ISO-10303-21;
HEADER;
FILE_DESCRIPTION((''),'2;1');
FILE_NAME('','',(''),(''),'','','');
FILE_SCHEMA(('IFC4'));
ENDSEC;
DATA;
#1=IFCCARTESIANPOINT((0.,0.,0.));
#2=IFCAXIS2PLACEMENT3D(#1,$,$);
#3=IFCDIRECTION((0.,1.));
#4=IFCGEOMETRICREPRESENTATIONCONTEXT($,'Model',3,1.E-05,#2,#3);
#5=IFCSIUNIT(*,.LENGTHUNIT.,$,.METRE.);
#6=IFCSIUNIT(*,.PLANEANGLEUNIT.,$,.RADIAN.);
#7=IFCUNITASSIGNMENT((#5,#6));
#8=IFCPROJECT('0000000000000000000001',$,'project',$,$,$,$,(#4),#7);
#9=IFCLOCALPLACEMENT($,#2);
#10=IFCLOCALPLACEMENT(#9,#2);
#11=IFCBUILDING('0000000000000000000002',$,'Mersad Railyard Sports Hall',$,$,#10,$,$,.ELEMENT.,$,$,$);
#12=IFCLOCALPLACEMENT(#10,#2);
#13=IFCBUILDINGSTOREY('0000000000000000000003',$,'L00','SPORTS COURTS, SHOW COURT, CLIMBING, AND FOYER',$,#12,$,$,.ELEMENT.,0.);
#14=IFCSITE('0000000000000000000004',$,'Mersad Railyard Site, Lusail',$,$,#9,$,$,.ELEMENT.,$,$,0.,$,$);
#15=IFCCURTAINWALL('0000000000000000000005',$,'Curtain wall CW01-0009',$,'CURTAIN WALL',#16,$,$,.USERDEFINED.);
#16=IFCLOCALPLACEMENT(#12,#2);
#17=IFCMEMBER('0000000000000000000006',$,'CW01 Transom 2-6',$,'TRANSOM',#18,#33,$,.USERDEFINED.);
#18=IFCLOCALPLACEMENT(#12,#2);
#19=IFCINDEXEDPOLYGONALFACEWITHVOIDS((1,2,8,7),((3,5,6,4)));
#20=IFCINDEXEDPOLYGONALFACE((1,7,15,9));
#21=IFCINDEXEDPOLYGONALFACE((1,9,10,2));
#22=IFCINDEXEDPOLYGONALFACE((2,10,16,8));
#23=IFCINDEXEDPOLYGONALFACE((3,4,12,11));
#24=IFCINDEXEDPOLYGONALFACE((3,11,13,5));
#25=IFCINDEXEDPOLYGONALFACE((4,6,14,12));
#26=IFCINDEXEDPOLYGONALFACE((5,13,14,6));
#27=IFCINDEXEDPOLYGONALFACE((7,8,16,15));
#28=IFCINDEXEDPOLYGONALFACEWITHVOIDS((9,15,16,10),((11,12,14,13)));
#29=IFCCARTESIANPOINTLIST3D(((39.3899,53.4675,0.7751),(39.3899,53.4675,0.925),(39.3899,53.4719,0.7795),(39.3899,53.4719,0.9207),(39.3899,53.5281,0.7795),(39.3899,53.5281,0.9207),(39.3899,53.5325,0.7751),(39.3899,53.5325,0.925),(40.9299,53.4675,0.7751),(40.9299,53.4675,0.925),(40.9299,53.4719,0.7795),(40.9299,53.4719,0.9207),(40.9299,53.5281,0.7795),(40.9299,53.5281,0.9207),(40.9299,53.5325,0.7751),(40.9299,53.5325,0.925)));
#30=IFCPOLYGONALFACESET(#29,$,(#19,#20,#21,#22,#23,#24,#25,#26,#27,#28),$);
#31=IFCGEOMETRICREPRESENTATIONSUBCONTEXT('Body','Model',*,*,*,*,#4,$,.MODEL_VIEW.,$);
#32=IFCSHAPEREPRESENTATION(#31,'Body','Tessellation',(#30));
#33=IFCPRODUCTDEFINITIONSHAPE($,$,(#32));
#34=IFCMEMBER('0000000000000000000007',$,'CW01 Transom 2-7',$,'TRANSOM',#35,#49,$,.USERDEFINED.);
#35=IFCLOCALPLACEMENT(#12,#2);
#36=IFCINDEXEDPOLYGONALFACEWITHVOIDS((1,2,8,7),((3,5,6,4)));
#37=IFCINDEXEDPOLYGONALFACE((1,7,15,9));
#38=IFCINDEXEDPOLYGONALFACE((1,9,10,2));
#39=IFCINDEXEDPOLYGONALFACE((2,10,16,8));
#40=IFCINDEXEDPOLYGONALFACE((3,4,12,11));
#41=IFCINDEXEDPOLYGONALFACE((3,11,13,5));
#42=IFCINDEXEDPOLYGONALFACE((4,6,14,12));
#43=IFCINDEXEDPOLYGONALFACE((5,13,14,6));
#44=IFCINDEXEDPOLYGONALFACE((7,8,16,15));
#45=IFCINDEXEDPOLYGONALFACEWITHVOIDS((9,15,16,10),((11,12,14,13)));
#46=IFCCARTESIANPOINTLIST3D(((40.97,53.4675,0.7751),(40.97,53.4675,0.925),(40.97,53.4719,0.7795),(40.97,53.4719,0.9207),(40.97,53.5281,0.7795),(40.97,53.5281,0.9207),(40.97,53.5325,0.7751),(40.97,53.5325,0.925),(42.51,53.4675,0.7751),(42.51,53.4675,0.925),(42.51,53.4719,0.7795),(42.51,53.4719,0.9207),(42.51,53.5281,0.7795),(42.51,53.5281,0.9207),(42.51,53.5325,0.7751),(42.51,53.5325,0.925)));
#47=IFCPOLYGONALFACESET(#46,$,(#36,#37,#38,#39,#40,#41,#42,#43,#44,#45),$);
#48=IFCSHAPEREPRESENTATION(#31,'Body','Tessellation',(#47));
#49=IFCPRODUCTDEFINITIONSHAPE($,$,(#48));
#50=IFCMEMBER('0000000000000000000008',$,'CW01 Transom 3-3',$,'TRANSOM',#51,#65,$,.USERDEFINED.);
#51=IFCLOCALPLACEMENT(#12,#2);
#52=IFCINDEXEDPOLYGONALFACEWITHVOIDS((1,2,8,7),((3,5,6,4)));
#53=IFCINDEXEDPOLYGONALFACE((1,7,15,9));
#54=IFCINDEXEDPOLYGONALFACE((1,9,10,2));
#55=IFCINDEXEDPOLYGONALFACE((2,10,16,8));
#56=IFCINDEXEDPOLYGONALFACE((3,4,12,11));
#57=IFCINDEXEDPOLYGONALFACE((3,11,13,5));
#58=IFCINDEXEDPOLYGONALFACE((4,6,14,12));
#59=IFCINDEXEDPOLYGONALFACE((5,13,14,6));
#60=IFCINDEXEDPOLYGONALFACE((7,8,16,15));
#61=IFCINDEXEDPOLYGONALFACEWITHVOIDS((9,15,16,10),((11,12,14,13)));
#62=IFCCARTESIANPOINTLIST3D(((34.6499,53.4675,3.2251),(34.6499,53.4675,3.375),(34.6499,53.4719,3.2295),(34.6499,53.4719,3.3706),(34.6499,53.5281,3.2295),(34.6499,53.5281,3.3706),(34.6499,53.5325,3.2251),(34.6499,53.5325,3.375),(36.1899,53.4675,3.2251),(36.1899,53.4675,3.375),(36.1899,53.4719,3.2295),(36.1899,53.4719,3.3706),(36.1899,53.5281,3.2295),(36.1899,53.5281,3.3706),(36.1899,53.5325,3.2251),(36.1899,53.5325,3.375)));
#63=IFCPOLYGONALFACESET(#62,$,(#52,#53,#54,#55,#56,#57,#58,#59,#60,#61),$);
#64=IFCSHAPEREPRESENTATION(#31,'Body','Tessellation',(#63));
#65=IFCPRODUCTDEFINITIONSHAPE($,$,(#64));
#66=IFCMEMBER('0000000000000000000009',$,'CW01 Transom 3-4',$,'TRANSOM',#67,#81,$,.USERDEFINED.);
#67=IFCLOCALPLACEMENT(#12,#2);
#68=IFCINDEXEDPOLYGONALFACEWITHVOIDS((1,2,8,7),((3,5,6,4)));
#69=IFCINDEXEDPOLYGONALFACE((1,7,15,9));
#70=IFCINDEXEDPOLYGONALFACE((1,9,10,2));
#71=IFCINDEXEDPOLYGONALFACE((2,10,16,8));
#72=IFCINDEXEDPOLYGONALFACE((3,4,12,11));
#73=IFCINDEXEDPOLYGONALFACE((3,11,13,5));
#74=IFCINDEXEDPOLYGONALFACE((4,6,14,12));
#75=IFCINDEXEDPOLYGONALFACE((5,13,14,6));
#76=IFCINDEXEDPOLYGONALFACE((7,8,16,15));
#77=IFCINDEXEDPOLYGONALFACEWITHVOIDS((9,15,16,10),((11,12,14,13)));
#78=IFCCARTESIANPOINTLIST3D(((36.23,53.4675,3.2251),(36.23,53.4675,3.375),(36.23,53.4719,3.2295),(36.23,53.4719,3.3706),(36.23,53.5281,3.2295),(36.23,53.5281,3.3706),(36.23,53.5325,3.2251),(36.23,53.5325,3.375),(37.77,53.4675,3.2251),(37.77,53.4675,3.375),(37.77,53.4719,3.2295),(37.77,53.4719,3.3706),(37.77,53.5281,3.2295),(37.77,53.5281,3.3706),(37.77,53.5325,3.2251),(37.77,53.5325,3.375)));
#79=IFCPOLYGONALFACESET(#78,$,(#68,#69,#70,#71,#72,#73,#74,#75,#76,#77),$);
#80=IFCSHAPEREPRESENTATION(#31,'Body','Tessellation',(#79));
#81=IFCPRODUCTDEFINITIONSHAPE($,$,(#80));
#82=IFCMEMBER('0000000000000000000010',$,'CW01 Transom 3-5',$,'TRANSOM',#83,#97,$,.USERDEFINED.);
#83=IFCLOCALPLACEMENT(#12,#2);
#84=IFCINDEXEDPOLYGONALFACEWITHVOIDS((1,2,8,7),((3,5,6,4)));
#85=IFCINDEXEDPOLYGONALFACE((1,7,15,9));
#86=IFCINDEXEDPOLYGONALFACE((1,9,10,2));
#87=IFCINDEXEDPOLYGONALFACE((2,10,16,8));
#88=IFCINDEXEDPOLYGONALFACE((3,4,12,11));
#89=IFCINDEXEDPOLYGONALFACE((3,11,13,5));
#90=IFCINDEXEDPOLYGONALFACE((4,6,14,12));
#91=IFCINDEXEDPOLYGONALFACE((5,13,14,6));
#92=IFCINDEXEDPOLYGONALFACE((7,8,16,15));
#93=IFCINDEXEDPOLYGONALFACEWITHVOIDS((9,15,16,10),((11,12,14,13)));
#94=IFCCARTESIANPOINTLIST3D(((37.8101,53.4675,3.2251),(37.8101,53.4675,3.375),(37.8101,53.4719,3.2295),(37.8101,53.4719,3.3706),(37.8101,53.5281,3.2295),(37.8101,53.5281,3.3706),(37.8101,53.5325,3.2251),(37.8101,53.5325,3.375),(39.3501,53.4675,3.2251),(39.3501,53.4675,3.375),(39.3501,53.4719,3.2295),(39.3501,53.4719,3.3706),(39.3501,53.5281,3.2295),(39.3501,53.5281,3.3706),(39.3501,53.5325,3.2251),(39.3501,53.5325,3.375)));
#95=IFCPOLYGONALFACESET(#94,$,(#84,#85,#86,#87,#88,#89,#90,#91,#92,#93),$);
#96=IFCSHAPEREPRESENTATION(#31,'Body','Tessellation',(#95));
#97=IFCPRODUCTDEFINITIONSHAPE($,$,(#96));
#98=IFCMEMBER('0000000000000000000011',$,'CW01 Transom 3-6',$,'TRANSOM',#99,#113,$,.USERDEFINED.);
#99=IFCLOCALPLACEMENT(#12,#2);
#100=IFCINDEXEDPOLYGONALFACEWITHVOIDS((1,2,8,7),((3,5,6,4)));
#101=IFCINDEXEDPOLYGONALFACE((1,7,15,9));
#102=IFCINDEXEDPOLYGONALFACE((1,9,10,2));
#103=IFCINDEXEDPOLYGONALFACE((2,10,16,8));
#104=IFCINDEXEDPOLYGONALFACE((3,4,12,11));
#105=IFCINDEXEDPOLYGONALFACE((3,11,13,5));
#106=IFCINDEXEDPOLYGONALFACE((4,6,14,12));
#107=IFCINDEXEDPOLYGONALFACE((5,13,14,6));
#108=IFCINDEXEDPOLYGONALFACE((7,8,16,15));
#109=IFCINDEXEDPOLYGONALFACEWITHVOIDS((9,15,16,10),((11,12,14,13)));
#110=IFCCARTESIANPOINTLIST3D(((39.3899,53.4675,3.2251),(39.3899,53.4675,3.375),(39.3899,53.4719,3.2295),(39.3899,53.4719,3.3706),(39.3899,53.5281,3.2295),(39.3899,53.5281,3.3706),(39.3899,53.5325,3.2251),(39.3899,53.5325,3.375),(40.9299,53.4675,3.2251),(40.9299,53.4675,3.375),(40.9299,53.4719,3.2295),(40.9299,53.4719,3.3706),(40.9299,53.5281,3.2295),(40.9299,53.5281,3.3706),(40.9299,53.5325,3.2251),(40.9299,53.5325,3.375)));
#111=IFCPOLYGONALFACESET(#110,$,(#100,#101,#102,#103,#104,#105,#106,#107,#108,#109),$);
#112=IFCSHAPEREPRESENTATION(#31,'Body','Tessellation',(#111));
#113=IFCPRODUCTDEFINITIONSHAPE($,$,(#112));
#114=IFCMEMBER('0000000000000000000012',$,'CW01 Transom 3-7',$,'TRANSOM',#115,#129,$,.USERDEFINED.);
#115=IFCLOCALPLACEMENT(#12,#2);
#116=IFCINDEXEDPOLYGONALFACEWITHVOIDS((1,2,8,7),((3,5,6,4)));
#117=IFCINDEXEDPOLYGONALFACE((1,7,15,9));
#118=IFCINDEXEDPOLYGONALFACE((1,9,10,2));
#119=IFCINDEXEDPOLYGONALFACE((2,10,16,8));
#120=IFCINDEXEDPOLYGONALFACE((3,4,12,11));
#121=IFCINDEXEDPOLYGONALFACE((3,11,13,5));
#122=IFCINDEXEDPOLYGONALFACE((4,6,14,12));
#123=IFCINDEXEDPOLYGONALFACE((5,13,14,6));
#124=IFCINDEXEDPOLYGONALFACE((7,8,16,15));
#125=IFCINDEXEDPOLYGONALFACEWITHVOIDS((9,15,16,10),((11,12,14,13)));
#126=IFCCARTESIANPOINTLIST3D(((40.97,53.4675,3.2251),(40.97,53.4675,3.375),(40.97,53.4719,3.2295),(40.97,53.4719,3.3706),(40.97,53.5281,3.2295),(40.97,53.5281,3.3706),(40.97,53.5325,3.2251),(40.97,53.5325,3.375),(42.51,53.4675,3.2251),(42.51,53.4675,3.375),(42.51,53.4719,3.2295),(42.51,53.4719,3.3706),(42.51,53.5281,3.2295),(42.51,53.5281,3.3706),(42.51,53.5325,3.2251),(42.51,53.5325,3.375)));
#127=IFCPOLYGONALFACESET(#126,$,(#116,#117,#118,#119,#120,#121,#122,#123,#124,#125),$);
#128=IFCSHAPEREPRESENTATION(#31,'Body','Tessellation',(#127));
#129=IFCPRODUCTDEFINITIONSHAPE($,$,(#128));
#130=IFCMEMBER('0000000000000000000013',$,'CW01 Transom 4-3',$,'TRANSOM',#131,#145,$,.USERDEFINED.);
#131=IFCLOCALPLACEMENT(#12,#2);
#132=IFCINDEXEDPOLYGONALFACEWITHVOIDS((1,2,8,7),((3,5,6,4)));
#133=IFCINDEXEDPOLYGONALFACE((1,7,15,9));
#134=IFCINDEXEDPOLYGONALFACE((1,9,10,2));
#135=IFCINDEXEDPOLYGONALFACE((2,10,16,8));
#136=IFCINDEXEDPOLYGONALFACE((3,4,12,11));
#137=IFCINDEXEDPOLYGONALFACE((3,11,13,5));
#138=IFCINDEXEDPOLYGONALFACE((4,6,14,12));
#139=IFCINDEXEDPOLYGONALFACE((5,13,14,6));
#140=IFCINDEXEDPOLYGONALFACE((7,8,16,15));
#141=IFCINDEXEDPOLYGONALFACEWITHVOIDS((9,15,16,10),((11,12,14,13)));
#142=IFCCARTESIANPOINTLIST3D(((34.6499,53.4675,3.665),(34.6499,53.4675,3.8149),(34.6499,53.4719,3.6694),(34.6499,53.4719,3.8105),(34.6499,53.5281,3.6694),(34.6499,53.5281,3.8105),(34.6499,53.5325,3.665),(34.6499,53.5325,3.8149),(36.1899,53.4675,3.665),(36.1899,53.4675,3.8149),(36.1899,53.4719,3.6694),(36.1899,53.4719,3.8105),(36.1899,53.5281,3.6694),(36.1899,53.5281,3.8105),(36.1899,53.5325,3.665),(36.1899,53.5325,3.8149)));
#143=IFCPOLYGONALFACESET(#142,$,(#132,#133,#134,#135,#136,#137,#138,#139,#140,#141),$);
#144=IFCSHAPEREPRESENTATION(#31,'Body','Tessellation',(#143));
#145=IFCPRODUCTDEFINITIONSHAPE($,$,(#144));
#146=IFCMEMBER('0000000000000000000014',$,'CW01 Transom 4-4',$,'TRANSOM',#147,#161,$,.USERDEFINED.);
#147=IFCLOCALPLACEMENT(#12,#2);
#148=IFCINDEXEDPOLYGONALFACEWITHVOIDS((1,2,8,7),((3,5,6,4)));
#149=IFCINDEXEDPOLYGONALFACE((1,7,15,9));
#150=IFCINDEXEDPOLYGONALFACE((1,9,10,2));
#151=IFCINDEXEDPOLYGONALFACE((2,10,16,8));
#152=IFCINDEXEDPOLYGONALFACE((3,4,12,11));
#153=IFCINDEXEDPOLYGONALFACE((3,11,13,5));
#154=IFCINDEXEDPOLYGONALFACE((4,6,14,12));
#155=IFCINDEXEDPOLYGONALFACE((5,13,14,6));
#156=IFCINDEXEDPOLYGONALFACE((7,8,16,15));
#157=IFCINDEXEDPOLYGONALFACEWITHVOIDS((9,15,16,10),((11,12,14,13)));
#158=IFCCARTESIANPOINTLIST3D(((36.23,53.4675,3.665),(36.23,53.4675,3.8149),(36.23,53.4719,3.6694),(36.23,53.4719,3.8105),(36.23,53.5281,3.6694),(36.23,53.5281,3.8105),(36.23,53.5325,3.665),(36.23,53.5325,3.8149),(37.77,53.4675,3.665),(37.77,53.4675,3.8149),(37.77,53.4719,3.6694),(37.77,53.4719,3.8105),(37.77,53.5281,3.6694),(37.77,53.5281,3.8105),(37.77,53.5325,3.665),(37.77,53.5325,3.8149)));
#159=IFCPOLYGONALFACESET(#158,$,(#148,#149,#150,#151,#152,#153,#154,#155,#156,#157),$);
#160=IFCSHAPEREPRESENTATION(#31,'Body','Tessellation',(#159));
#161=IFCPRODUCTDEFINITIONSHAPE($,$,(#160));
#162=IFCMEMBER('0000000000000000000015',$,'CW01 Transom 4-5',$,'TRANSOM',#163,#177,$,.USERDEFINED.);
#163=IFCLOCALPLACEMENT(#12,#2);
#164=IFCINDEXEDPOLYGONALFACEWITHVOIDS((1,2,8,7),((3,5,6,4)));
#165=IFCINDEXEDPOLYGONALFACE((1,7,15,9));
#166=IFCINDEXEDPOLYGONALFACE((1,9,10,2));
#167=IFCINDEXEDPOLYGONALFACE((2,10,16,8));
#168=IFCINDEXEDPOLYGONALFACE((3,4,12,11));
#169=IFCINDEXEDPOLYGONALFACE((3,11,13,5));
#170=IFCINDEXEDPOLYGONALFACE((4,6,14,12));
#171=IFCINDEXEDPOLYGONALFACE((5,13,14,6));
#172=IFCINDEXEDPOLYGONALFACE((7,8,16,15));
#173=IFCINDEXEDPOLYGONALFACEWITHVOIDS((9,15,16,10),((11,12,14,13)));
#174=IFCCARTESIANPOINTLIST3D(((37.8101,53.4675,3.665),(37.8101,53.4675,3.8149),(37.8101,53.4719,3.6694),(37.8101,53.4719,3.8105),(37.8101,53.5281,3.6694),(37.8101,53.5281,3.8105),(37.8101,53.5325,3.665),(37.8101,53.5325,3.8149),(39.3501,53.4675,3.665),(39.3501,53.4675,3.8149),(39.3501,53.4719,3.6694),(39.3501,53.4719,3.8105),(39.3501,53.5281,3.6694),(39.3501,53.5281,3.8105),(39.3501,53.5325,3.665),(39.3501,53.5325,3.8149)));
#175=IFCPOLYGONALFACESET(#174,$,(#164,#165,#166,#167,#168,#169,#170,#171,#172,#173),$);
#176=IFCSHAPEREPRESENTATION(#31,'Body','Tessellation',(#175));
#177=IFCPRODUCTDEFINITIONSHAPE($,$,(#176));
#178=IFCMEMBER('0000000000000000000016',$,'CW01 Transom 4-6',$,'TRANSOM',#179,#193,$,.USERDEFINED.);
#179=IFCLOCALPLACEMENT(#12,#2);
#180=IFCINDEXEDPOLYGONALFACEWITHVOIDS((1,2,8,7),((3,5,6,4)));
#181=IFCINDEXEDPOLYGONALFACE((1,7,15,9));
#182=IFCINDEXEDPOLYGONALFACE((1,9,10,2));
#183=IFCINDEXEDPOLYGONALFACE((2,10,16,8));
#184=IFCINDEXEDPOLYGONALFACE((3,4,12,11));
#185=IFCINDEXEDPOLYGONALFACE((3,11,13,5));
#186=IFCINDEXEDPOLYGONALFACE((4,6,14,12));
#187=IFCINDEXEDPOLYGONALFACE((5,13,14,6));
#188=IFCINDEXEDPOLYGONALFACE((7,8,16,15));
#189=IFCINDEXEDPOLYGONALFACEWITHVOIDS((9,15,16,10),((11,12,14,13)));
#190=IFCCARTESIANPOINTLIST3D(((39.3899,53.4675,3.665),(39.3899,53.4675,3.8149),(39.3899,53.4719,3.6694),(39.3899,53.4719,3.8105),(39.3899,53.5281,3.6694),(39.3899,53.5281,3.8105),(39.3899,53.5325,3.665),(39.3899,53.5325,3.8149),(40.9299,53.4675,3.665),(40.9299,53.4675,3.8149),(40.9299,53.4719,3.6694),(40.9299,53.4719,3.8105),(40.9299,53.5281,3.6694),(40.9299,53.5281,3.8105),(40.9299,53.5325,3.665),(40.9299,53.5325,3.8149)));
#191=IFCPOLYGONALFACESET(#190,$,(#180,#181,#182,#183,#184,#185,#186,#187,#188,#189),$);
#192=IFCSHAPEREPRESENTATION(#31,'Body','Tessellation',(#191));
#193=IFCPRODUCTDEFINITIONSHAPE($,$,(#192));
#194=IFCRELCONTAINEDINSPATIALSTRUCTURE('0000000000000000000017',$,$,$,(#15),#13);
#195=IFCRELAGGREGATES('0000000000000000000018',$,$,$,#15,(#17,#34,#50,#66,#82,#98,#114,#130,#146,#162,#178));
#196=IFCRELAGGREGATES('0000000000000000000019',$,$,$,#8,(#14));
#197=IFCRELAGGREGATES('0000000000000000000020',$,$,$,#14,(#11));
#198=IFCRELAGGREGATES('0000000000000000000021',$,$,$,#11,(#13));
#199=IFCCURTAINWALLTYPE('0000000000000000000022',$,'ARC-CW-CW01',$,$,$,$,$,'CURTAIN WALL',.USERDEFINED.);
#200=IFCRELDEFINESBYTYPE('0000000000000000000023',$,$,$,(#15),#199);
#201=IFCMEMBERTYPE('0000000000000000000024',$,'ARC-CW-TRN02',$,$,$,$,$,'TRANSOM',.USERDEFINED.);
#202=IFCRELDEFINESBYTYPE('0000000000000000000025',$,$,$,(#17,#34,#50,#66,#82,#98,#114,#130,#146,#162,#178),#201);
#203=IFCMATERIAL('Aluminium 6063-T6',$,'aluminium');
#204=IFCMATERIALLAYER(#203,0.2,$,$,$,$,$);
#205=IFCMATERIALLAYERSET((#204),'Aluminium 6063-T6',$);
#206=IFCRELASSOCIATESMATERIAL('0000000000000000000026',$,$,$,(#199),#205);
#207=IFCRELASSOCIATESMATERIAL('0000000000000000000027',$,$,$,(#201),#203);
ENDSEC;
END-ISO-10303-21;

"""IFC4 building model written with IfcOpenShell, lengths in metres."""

from ifc_helpers import new_model, si_unit, direction, frame, origin, origin_2d, place, context, subcontext, project, spatial, hollow_rectangle, extrude, material, layer, layer_set, material_profile, profile_set, type_object, element, aggregate, save


model = new_model("IFC4")

# Units and contexts
model_context = context("Model", 3, precision=1e-05, world=origin(), true_north=direction((0.0, 1.0)))
body_context = subcontext(model_context, "Body", "Model", "MODEL_VIEW")
ifc_project = project(units=[si_unit("LENGTHUNIT", "METRE"), si_unit("PLANEANGLEUNIT", "RADIAN")], contexts=[model_context])

# Site, building, storey
site_placement = place(None, origin())
site = spatial("IfcSite", under=ifc_project, at=site_placement, Name="Mersad Railyard Site, Lusail", CompositionType="ELEMENT", RefElevation=0.0)
building_placement = place(site_placement, origin())
building = spatial("IfcBuilding", under=site, at=building_placement, Name="Mersad Railyard Sports Hall", CompositionType="ELEMENT")
storey_placement = place(building_placement, origin())
storey = spatial("IfcBuildingStorey", under=building, at=storey_placement, Name="L00", Description="SPORTS COURTS, SHOW COURT, CLIMBING, AND FOYER", CompositionType="ELEMENT", Elevation=0.0)

# Curtain wall, members
ifc_material_1 = material(Name="Aluminium 6063-T6", Category="aluminium")
ifc_layer_1 = layer(ifc_material_1, 0.2)
ifc_layer_set_1 = layer_set([ifc_layer_1], Name="Aluminium 6063-T6")
curtain_wall_type = type_object("IfcCurtainWallType", Name="ARC-CW-CW01", ElementType="CURTAIN WALL", PredefinedType="USERDEFINED", material=ifc_layer_set_1)
curtain_wall_placement = place(storey_placement, origin())
curtain_wall = element("IfcCurtainWall", 1, at=curtain_wall_placement, inside=storey, type_object=curtain_wall_type, Name="Curtain wall CW01-0009", ObjectType="CURTAIN WALL", PredefinedType="USERDEFINED")
ifc_material_profile_1 = material_profile(ifc_material_1, hollow_rectangle(XDim=0.0649, YDim=0.1499, WallThickness=0.0044, at=origin_2d()), Name="AL TRANSOM 65x150x4.5")
ifc_profile_set_1 = profile_set([ifc_material_profile_1], Name="Aluminium 6063-T6")
member_type_1 = type_object("IfcMemberType", Name="ARC-CW-TRN02", ElementType="TRANSOM", PredefinedType="USERDEFINED", material=ifc_profile_set_1)
member_1_placement = place(storey_placement, frame((39.3899, 53.5, 0.8501), z_axis=(1.0, 0.0, 0.0), x_axis=(0.0, 1.0, 0.0)))
member_1 = element("IfcMember", 2, at=member_1_placement, type_object=member_type_1, Name="CW01 Transom 2-6", ObjectType="TRANSOM", PredefinedType="USERDEFINED", context=body_context, shape_type="SweptSolid", body=[
    extrude(hollow_rectangle(XDim=0.0649, YDim=0.1499, WallThickness=0.0044, at=origin_2d()), origin(), (0.0, 0.0, 1.0), 1.54),
])
member_2_placement = place(storey_placement, frame((40.97, 53.5, 0.8501), z_axis=(1.0, 0.0, 0.0), x_axis=(0.0, 1.0, 0.0)))
member_2 = element("IfcMember", 3, at=member_2_placement, type_object=member_type_1, Name="CW01 Transom 2-7", ObjectType="TRANSOM", PredefinedType="USERDEFINED", context=body_context, shape_type="SweptSolid", body=[
    extrude(hollow_rectangle(XDim=0.0649, YDim=0.1499, WallThickness=0.0044, at=origin_2d()), origin(), (0.0, 0.0, 1.0), 1.54),
])
member_3_placement = place(storey_placement, frame((34.6499, 53.5, 3.3), z_axis=(1.0, 0.0, 0.0), x_axis=(0.0, 1.0, 0.0)))
member_3 = element("IfcMember", 4, at=member_3_placement, type_object=member_type_1, Name="CW01 Transom 3-3", ObjectType="TRANSOM", PredefinedType="USERDEFINED", context=body_context, shape_type="SweptSolid", body=[
    extrude(hollow_rectangle(XDim=0.0649, YDim=0.1499, WallThickness=0.0044, at=origin_2d()), origin(), (0.0, 0.0, 1.0), 1.54),
])
member_4_placement = place(storey_placement, frame((36.23, 53.5, 3.3), z_axis=(1.0, 0.0, 0.0), x_axis=(0.0, 1.0, 0.0)))
member_4 = element("IfcMember", 5, at=member_4_placement, type_object=member_type_1, Name="CW01 Transom 3-4", ObjectType="TRANSOM", PredefinedType="USERDEFINED", context=body_context, shape_type="SweptSolid", body=[
    extrude(hollow_rectangle(XDim=0.0649, YDim=0.1499, WallThickness=0.0044, at=origin_2d()), origin(), (0.0, 0.0, 1.0), 1.54),
])
member_5_placement = place(storey_placement, frame((37.8101, 53.5, 3.3), z_axis=(1.0, 0.0, 0.0), x_axis=(0.0, 1.0, 0.0)))
member_5 = element("IfcMember", 6, at=member_5_placement, type_object=member_type_1, Name="CW01 Transom 3-5", ObjectType="TRANSOM", PredefinedType="USERDEFINED", context=body_context, shape_type="SweptSolid", body=[
    extrude(hollow_rectangle(XDim=0.0649, YDim=0.1499, WallThickness=0.0044, at=origin_2d()), origin(), (0.0, 0.0, 1.0), 1.54),
])
member_6_placement = place(storey_placement, frame((39.3899, 53.5, 3.3), z_axis=(1.0, 0.0, 0.0), x_axis=(0.0, 1.0, 0.0)))
member_6 = element("IfcMember", 7, at=member_6_placement, type_object=member_type_1, Name="CW01 Transom 3-6", ObjectType="TRANSOM", PredefinedType="USERDEFINED", context=body_context, shape_type="SweptSolid", body=[
    extrude(hollow_rectangle(XDim=0.0649, YDim=0.1499, WallThickness=0.0044, at=origin_2d()), origin(), (0.0, 0.0, 1.0), 1.54),
])
member_7_placement = place(storey_placement, frame((40.97, 53.5, 3.3), z_axis=(1.0, 0.0, 0.0), x_axis=(0.0, 1.0, 0.0)))
member_7 = element("IfcMember", 8, at=member_7_placement, type_object=member_type_1, Name="CW01 Transom 3-7", ObjectType="TRANSOM", PredefinedType="USERDEFINED", context=body_context, shape_type="SweptSolid", body=[
    extrude(hollow_rectangle(XDim=0.0649, YDim=0.1499, WallThickness=0.0044, at=origin_2d()), origin(), (0.0, 0.0, 1.0), 1.54),
])
member_8_placement = place(storey_placement, frame((34.6499, 53.5, 3.74), z_axis=(1.0, 0.0, 0.0), x_axis=(0.0, 1.0, 0.0)))
member_8 = element("IfcMember", 9, at=member_8_placement, type_object=member_type_1, Name="CW01 Transom 4-3", ObjectType="TRANSOM", PredefinedType="USERDEFINED", context=body_context, shape_type="SweptSolid", body=[
    extrude(hollow_rectangle(XDim=0.0649, YDim=0.1499, WallThickness=0.0044, at=origin_2d()), origin(), (0.0, 0.0, 1.0), 1.54),
])
member_9_placement = place(storey_placement, frame((36.23, 53.5, 3.74), z_axis=(1.0, 0.0, 0.0), x_axis=(0.0, 1.0, 0.0)))
member_9 = element("IfcMember", 10, at=member_9_placement, type_object=member_type_1, Name="CW01 Transom 4-4", ObjectType="TRANSOM", PredefinedType="USERDEFINED", context=body_context, shape_type="SweptSolid", body=[
    extrude(hollow_rectangle(XDim=0.0649, YDim=0.1499, WallThickness=0.0044, at=origin_2d()), origin(), (0.0, 0.0, 1.0), 1.54),
])
member_10_placement = place(storey_placement, frame((37.8101, 53.5, 3.74), z_axis=(1.0, 0.0, 0.0), x_axis=(0.0, 1.0, 0.0)))
member_10 = element("IfcMember", 11, at=member_10_placement, type_object=member_type_1, Name="CW01 Transom 4-5", ObjectType="TRANSOM", PredefinedType="USERDEFINED", context=body_context, shape_type="SweptSolid", body=[
    extrude(hollow_rectangle(XDim=0.0649, YDim=0.1499, WallThickness=0.0044, at=origin_2d()), origin(), (0.0, 0.0, 1.0), 1.54),
])
member_11_placement = place(storey_placement, frame((39.3899, 53.5, 3.74), z_axis=(1.0, 0.0, 0.0), x_axis=(0.0, 1.0, 0.0)))
member_11 = element("IfcMember", 12, at=member_11_placement, type_object=member_type_1, Name="CW01 Transom 4-6", ObjectType="TRANSOM", PredefinedType="USERDEFINED", context=body_context, shape_type="SweptSolid", body=[
    extrude(hollow_rectangle(XDim=0.0649, YDim=0.1499, WallThickness=0.0044, at=origin_2d()), origin(), (0.0, 0.0, 1.0), 1.54),
])
aggregate(curtain_wall, [member_1, member_2, member_3, member_4, member_5, member_6, member_7, member_8, member_9, member_10, member_11])

save(model, "model.ifc")
